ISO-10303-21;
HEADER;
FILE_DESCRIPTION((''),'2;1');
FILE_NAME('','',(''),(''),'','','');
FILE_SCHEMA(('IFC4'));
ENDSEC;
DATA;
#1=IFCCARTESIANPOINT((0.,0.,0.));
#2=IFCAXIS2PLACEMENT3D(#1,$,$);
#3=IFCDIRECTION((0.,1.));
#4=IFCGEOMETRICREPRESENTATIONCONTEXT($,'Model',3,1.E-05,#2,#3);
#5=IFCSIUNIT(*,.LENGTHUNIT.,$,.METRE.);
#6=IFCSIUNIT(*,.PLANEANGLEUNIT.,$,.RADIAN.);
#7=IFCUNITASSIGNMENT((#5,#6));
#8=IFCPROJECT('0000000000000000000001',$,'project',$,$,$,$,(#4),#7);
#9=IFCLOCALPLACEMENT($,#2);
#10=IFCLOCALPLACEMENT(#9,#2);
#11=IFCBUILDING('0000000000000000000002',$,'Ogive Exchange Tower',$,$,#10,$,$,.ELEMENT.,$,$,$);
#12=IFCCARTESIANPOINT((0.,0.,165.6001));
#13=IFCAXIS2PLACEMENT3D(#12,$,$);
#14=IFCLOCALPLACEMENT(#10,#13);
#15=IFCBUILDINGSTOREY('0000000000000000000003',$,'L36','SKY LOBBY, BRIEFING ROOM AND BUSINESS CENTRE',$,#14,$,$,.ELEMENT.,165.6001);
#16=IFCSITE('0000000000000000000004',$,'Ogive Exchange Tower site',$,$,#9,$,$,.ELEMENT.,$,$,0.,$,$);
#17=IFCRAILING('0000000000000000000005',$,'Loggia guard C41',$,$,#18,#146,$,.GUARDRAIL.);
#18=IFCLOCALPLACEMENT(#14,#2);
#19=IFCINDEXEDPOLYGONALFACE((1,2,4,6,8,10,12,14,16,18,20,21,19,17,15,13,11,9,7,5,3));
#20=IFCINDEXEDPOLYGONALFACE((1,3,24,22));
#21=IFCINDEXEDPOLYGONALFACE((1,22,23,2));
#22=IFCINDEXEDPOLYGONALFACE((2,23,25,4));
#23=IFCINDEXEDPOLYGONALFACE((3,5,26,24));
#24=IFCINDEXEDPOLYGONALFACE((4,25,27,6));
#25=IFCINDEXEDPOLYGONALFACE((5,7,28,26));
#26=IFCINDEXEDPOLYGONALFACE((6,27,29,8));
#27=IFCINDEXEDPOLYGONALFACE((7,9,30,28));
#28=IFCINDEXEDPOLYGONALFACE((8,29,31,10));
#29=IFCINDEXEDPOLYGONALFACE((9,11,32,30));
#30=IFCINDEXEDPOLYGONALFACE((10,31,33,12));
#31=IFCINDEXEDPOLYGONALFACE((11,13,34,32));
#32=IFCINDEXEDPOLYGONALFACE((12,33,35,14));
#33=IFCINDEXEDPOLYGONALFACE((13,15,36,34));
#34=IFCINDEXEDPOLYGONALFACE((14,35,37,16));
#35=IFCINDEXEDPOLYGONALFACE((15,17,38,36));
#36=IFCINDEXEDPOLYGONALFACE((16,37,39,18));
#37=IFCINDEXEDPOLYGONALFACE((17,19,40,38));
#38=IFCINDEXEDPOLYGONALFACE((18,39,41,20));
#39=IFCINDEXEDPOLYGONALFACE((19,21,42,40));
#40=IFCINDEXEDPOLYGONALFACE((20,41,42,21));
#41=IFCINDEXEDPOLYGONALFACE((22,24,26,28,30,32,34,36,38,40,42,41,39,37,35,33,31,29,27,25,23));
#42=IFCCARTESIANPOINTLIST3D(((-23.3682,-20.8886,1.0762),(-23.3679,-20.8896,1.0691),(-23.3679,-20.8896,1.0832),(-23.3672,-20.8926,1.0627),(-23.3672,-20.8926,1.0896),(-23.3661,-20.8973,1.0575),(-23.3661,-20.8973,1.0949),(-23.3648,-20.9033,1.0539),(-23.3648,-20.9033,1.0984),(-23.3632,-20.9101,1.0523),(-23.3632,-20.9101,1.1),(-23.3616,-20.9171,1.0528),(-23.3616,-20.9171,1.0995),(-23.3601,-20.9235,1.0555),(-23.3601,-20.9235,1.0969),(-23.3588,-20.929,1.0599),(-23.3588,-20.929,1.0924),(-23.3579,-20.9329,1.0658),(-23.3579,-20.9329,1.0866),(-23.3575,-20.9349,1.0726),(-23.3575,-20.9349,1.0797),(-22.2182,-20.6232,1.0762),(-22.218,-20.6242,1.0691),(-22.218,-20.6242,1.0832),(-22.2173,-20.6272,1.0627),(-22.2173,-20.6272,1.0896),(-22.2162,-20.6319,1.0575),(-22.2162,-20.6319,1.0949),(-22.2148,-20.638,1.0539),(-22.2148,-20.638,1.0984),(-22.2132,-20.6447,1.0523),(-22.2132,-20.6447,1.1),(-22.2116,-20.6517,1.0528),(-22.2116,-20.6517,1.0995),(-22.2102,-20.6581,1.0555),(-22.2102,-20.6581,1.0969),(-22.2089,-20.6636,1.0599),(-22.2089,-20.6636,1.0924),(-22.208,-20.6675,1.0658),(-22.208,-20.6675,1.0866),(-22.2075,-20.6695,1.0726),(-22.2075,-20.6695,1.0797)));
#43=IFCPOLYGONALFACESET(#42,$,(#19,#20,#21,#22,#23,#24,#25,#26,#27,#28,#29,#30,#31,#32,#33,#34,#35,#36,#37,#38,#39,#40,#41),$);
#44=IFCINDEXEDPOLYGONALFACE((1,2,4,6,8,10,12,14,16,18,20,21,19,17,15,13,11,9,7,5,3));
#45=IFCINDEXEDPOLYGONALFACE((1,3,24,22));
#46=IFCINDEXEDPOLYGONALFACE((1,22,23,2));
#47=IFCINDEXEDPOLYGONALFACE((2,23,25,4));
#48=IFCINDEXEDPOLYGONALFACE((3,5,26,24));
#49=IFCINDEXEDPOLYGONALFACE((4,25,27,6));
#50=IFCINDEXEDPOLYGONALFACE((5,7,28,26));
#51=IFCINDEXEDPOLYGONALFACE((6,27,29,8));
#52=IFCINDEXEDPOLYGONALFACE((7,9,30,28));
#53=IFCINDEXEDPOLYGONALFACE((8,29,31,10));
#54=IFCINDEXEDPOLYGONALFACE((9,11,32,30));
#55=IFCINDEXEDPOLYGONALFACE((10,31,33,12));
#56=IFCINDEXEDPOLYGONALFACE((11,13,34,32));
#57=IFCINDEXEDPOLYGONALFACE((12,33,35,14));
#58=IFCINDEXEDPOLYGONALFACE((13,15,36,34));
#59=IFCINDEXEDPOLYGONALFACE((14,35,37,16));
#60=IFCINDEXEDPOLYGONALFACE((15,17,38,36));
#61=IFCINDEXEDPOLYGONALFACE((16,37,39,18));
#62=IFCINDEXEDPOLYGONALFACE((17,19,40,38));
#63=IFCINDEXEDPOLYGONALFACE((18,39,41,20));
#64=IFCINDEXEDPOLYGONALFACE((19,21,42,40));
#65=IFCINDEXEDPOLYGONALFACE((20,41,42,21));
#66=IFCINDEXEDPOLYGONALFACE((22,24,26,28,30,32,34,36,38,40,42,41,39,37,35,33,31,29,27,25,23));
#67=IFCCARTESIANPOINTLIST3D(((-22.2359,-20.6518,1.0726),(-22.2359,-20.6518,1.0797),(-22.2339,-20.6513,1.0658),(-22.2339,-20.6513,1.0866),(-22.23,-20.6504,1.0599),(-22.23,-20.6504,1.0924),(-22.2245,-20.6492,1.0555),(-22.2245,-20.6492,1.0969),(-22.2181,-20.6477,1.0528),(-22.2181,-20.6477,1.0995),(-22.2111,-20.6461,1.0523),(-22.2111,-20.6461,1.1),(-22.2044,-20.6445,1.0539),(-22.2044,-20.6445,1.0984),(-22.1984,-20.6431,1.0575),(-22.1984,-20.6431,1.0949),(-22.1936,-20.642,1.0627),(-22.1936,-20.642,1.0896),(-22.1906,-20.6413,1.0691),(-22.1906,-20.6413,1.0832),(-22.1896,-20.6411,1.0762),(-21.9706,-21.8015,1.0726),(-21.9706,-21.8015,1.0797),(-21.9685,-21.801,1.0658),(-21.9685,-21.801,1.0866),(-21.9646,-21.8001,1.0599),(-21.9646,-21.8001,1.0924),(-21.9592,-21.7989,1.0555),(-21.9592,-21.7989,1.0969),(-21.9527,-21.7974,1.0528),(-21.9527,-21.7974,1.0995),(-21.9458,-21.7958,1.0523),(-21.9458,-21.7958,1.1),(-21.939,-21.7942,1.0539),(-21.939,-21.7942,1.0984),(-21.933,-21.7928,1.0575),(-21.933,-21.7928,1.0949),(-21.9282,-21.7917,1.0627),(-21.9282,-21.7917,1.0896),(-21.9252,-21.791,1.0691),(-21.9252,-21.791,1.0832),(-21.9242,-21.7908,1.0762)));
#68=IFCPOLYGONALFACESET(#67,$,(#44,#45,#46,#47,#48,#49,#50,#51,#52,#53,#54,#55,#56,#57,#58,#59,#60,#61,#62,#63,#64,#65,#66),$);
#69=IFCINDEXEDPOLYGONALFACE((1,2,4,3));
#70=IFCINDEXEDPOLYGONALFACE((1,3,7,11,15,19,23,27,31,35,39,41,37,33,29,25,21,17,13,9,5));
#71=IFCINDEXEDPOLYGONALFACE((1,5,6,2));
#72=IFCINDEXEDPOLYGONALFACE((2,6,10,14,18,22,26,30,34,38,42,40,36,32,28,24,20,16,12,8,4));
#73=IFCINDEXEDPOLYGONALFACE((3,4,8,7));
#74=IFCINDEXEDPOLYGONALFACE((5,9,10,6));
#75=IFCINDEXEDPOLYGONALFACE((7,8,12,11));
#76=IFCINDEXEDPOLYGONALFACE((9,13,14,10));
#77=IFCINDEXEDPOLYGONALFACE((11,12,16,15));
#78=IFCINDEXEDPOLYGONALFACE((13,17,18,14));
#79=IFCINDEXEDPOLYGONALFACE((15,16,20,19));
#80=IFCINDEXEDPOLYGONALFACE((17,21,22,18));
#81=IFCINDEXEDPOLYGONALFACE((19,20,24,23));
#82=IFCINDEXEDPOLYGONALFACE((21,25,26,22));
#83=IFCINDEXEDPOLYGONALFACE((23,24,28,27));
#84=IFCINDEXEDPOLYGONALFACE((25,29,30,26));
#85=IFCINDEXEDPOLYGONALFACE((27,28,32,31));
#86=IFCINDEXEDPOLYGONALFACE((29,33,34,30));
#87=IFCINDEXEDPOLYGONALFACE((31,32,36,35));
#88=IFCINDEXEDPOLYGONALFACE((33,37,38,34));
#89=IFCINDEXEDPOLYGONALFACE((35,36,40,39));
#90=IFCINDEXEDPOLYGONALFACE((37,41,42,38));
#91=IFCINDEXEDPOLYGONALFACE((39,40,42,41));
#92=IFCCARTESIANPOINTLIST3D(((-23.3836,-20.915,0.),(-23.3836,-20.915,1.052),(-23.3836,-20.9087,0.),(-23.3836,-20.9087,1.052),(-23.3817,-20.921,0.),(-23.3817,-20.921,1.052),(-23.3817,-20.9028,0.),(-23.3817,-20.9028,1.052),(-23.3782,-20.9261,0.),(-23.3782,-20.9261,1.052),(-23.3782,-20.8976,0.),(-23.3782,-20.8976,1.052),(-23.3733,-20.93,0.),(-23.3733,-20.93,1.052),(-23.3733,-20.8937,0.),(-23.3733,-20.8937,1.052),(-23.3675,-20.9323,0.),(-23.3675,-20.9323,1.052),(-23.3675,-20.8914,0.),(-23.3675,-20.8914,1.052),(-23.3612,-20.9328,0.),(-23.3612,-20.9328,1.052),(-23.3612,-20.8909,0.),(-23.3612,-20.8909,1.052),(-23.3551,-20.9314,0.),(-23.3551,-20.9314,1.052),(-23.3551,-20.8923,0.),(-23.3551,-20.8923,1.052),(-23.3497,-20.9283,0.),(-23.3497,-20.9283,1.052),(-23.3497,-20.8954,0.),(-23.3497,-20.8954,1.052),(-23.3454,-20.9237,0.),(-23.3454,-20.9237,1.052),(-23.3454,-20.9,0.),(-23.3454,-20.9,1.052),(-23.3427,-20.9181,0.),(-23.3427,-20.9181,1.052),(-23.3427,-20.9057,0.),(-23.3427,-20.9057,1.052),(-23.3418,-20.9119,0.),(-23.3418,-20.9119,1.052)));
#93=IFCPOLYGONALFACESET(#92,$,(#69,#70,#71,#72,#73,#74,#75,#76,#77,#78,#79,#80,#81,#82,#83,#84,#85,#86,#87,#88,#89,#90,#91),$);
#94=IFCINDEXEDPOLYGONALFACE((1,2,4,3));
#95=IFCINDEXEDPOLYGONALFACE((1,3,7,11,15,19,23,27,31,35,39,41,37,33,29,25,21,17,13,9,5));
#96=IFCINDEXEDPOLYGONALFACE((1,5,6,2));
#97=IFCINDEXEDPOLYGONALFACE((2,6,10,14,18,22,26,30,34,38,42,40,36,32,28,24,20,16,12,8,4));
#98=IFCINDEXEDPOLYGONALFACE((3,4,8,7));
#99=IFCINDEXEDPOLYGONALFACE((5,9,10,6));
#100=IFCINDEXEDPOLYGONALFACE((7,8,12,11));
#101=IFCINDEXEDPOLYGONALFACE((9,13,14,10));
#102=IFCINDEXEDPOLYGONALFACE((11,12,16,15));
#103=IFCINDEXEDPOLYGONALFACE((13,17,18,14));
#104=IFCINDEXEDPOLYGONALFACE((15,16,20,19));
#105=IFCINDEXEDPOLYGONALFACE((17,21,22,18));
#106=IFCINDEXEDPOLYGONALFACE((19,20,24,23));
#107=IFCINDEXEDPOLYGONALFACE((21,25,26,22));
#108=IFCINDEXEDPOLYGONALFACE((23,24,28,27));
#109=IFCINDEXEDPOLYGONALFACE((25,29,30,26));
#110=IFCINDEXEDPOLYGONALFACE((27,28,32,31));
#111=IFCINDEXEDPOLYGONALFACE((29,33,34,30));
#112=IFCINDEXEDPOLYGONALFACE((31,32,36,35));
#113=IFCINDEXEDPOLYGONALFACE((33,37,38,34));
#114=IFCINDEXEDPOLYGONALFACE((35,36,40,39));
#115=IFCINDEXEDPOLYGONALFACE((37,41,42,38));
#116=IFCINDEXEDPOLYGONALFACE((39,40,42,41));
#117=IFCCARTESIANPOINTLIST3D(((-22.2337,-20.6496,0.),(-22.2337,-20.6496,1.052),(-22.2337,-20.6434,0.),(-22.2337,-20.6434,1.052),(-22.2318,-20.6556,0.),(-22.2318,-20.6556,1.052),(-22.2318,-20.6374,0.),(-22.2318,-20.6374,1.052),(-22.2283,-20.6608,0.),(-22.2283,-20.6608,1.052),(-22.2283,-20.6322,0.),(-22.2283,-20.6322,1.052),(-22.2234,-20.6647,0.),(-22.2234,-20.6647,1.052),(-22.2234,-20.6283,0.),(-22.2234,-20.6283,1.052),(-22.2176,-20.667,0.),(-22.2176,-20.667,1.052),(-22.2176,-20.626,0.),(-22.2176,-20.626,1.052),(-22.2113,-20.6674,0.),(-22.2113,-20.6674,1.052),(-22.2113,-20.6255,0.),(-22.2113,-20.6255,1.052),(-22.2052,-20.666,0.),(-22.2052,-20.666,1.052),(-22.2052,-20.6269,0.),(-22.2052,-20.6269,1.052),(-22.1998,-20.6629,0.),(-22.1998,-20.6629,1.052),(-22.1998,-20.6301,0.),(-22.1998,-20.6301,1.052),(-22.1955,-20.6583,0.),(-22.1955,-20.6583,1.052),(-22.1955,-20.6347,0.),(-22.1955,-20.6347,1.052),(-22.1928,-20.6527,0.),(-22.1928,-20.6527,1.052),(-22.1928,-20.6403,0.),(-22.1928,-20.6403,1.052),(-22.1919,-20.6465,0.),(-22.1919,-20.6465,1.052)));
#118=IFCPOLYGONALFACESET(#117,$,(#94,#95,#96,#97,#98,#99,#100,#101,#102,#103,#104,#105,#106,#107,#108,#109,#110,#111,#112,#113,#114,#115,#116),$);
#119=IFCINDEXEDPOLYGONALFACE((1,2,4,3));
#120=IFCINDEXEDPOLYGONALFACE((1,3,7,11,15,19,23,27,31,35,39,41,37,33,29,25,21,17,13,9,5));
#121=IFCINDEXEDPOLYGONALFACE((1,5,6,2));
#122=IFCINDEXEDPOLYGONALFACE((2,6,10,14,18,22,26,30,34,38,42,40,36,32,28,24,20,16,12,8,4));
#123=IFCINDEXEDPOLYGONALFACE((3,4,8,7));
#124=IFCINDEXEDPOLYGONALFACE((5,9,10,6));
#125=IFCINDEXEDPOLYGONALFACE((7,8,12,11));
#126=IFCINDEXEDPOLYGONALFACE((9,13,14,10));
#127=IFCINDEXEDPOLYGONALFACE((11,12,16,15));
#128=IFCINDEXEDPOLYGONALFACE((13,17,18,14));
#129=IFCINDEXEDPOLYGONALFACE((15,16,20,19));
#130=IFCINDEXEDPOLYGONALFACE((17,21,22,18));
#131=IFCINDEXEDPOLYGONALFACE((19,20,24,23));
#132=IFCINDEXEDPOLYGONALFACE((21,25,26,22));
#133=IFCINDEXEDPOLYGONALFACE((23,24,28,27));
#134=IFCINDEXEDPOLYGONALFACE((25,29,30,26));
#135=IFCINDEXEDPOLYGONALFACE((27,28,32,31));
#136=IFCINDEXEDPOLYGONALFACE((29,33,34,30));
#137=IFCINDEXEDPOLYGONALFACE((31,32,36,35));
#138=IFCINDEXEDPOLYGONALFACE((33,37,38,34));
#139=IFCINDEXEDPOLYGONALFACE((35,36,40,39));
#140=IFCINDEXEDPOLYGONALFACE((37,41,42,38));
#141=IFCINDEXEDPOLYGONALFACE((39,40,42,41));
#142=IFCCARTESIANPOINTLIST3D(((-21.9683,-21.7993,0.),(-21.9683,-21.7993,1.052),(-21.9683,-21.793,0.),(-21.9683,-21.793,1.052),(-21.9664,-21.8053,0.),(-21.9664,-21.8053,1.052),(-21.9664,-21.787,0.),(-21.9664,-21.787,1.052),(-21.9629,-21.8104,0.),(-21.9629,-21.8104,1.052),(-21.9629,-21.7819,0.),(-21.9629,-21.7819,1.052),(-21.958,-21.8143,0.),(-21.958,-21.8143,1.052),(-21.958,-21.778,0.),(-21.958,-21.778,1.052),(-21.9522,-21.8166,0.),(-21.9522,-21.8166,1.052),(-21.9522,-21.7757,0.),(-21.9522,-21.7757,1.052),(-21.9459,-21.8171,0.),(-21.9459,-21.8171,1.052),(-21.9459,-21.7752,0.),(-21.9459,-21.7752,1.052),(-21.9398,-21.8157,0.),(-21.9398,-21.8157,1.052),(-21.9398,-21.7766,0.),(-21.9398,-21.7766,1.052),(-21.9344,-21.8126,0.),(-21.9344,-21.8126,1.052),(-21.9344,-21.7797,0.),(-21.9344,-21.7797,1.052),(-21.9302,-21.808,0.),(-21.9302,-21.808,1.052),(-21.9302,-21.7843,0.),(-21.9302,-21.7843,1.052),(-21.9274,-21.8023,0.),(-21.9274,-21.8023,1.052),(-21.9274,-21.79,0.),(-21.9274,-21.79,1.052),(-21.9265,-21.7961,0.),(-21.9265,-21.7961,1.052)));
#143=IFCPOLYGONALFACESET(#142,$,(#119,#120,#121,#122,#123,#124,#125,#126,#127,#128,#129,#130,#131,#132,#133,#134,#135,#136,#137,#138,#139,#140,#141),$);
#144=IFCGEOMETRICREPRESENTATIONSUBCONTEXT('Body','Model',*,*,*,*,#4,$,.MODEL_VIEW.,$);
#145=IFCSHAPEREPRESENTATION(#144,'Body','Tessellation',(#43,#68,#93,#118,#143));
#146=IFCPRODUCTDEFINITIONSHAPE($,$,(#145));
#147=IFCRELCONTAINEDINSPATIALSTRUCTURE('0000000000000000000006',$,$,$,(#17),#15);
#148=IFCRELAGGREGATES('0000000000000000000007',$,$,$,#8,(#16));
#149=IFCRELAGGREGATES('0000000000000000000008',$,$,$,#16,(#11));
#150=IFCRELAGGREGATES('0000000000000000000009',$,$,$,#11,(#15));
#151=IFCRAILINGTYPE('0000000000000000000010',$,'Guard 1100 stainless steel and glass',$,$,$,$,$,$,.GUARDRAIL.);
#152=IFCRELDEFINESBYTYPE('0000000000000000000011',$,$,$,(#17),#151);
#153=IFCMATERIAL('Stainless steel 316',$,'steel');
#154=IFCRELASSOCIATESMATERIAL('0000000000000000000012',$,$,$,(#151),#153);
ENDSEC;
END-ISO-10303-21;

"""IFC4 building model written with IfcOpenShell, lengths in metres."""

from ifc_helpers import new_model, si_unit, direction, frame, origin, origin_2d, place, context, subcontext, project, spatial, circle, extrude, material, type_object, element, save


model = new_model("IFC4")

# Units and contexts
model_context = context("Model", 3, precision=1e-05, world=origin(), true_north=direction((0.0, 1.0)))
body_context = subcontext(model_context, "Body", "Model", "MODEL_VIEW")
ifc_project = project(units=[si_unit("LENGTHUNIT", "METRE"), si_unit("PLANEANGLEUNIT", "RADIAN")], contexts=[model_context])

# Site, building, storey
site_placement = place(None, origin())
site = spatial("IfcSite", under=ifc_project, at=site_placement, Name="Ogive Exchange Tower site", CompositionType="ELEMENT", RefElevation=0.0)
building_placement = place(site_placement, origin())
building = spatial("IfcBuilding", under=site, at=building_placement, Name="Ogive Exchange Tower", CompositionType="ELEMENT")
storey_placement = place(building_placement, frame((0.0, 0.0, 165.6001)))
storey = spatial("IfcBuildingStorey", under=building, at=storey_placement, Name="L36", Description="SKY LOBBY, BRIEFING ROOM AND BUSINESS CENTRE", CompositionType="ELEMENT", Elevation=165.6001)

# Railing
ifc_material_1 = material(Name="Stainless steel 316", Category="steel")
railing_type_1 = type_object("IfcRailingType", Name="Guard 1100 stainless steel and glass", PredefinedType="GUARDRAIL", material=ifc_material_1)
railing_1_placement = place(storey_placement, frame((-23.3628, -20.9119, 0.0)))
element("IfcRailing", 1, at=railing_1_placement, inside=storey, type_object=railing_type_1, Name="Loggia guard C41", PredefinedType="GUARDRAIL", context=body_context, shape_type="SweptSolid", body=[
    extrude(circle(Radius=0.0239, at=origin_2d()), frame((0.0, 0.0, 1.0762), z_axis=(0.974388, 0.224875, 0.0), x_axis=(-0.224875, 0.974388, 0.0)), (0.0, 0.0, 1.0), 1.1802),
    extrude(circle(Radius=0.0239, at=origin_2d()), frame((1.1499, 0.2654, 1.0762), z_axis=(0.22492, -0.974377, 0.0), x_axis=(0.974377, 0.22492, 0.0)), (0.0, 0.0, 1.0), 1.1799),
    extrude(circle(Radius=0.021, at=origin_2d()), origin(), (0.0, 0.0, 1.0), 1.052),
    extrude(circle(Radius=0.021, at=origin_2d()), frame((1.1499, 0.2654, 0.0)), (0.0, 0.0, 1.0), 1.052),
    extrude(circle(Radius=0.021, at=origin_2d()), frame((1.4153, -0.8843, 0.0)), (0.0, 0.0, 1.0), 1.052),
])

save(model, "model.ifc")
